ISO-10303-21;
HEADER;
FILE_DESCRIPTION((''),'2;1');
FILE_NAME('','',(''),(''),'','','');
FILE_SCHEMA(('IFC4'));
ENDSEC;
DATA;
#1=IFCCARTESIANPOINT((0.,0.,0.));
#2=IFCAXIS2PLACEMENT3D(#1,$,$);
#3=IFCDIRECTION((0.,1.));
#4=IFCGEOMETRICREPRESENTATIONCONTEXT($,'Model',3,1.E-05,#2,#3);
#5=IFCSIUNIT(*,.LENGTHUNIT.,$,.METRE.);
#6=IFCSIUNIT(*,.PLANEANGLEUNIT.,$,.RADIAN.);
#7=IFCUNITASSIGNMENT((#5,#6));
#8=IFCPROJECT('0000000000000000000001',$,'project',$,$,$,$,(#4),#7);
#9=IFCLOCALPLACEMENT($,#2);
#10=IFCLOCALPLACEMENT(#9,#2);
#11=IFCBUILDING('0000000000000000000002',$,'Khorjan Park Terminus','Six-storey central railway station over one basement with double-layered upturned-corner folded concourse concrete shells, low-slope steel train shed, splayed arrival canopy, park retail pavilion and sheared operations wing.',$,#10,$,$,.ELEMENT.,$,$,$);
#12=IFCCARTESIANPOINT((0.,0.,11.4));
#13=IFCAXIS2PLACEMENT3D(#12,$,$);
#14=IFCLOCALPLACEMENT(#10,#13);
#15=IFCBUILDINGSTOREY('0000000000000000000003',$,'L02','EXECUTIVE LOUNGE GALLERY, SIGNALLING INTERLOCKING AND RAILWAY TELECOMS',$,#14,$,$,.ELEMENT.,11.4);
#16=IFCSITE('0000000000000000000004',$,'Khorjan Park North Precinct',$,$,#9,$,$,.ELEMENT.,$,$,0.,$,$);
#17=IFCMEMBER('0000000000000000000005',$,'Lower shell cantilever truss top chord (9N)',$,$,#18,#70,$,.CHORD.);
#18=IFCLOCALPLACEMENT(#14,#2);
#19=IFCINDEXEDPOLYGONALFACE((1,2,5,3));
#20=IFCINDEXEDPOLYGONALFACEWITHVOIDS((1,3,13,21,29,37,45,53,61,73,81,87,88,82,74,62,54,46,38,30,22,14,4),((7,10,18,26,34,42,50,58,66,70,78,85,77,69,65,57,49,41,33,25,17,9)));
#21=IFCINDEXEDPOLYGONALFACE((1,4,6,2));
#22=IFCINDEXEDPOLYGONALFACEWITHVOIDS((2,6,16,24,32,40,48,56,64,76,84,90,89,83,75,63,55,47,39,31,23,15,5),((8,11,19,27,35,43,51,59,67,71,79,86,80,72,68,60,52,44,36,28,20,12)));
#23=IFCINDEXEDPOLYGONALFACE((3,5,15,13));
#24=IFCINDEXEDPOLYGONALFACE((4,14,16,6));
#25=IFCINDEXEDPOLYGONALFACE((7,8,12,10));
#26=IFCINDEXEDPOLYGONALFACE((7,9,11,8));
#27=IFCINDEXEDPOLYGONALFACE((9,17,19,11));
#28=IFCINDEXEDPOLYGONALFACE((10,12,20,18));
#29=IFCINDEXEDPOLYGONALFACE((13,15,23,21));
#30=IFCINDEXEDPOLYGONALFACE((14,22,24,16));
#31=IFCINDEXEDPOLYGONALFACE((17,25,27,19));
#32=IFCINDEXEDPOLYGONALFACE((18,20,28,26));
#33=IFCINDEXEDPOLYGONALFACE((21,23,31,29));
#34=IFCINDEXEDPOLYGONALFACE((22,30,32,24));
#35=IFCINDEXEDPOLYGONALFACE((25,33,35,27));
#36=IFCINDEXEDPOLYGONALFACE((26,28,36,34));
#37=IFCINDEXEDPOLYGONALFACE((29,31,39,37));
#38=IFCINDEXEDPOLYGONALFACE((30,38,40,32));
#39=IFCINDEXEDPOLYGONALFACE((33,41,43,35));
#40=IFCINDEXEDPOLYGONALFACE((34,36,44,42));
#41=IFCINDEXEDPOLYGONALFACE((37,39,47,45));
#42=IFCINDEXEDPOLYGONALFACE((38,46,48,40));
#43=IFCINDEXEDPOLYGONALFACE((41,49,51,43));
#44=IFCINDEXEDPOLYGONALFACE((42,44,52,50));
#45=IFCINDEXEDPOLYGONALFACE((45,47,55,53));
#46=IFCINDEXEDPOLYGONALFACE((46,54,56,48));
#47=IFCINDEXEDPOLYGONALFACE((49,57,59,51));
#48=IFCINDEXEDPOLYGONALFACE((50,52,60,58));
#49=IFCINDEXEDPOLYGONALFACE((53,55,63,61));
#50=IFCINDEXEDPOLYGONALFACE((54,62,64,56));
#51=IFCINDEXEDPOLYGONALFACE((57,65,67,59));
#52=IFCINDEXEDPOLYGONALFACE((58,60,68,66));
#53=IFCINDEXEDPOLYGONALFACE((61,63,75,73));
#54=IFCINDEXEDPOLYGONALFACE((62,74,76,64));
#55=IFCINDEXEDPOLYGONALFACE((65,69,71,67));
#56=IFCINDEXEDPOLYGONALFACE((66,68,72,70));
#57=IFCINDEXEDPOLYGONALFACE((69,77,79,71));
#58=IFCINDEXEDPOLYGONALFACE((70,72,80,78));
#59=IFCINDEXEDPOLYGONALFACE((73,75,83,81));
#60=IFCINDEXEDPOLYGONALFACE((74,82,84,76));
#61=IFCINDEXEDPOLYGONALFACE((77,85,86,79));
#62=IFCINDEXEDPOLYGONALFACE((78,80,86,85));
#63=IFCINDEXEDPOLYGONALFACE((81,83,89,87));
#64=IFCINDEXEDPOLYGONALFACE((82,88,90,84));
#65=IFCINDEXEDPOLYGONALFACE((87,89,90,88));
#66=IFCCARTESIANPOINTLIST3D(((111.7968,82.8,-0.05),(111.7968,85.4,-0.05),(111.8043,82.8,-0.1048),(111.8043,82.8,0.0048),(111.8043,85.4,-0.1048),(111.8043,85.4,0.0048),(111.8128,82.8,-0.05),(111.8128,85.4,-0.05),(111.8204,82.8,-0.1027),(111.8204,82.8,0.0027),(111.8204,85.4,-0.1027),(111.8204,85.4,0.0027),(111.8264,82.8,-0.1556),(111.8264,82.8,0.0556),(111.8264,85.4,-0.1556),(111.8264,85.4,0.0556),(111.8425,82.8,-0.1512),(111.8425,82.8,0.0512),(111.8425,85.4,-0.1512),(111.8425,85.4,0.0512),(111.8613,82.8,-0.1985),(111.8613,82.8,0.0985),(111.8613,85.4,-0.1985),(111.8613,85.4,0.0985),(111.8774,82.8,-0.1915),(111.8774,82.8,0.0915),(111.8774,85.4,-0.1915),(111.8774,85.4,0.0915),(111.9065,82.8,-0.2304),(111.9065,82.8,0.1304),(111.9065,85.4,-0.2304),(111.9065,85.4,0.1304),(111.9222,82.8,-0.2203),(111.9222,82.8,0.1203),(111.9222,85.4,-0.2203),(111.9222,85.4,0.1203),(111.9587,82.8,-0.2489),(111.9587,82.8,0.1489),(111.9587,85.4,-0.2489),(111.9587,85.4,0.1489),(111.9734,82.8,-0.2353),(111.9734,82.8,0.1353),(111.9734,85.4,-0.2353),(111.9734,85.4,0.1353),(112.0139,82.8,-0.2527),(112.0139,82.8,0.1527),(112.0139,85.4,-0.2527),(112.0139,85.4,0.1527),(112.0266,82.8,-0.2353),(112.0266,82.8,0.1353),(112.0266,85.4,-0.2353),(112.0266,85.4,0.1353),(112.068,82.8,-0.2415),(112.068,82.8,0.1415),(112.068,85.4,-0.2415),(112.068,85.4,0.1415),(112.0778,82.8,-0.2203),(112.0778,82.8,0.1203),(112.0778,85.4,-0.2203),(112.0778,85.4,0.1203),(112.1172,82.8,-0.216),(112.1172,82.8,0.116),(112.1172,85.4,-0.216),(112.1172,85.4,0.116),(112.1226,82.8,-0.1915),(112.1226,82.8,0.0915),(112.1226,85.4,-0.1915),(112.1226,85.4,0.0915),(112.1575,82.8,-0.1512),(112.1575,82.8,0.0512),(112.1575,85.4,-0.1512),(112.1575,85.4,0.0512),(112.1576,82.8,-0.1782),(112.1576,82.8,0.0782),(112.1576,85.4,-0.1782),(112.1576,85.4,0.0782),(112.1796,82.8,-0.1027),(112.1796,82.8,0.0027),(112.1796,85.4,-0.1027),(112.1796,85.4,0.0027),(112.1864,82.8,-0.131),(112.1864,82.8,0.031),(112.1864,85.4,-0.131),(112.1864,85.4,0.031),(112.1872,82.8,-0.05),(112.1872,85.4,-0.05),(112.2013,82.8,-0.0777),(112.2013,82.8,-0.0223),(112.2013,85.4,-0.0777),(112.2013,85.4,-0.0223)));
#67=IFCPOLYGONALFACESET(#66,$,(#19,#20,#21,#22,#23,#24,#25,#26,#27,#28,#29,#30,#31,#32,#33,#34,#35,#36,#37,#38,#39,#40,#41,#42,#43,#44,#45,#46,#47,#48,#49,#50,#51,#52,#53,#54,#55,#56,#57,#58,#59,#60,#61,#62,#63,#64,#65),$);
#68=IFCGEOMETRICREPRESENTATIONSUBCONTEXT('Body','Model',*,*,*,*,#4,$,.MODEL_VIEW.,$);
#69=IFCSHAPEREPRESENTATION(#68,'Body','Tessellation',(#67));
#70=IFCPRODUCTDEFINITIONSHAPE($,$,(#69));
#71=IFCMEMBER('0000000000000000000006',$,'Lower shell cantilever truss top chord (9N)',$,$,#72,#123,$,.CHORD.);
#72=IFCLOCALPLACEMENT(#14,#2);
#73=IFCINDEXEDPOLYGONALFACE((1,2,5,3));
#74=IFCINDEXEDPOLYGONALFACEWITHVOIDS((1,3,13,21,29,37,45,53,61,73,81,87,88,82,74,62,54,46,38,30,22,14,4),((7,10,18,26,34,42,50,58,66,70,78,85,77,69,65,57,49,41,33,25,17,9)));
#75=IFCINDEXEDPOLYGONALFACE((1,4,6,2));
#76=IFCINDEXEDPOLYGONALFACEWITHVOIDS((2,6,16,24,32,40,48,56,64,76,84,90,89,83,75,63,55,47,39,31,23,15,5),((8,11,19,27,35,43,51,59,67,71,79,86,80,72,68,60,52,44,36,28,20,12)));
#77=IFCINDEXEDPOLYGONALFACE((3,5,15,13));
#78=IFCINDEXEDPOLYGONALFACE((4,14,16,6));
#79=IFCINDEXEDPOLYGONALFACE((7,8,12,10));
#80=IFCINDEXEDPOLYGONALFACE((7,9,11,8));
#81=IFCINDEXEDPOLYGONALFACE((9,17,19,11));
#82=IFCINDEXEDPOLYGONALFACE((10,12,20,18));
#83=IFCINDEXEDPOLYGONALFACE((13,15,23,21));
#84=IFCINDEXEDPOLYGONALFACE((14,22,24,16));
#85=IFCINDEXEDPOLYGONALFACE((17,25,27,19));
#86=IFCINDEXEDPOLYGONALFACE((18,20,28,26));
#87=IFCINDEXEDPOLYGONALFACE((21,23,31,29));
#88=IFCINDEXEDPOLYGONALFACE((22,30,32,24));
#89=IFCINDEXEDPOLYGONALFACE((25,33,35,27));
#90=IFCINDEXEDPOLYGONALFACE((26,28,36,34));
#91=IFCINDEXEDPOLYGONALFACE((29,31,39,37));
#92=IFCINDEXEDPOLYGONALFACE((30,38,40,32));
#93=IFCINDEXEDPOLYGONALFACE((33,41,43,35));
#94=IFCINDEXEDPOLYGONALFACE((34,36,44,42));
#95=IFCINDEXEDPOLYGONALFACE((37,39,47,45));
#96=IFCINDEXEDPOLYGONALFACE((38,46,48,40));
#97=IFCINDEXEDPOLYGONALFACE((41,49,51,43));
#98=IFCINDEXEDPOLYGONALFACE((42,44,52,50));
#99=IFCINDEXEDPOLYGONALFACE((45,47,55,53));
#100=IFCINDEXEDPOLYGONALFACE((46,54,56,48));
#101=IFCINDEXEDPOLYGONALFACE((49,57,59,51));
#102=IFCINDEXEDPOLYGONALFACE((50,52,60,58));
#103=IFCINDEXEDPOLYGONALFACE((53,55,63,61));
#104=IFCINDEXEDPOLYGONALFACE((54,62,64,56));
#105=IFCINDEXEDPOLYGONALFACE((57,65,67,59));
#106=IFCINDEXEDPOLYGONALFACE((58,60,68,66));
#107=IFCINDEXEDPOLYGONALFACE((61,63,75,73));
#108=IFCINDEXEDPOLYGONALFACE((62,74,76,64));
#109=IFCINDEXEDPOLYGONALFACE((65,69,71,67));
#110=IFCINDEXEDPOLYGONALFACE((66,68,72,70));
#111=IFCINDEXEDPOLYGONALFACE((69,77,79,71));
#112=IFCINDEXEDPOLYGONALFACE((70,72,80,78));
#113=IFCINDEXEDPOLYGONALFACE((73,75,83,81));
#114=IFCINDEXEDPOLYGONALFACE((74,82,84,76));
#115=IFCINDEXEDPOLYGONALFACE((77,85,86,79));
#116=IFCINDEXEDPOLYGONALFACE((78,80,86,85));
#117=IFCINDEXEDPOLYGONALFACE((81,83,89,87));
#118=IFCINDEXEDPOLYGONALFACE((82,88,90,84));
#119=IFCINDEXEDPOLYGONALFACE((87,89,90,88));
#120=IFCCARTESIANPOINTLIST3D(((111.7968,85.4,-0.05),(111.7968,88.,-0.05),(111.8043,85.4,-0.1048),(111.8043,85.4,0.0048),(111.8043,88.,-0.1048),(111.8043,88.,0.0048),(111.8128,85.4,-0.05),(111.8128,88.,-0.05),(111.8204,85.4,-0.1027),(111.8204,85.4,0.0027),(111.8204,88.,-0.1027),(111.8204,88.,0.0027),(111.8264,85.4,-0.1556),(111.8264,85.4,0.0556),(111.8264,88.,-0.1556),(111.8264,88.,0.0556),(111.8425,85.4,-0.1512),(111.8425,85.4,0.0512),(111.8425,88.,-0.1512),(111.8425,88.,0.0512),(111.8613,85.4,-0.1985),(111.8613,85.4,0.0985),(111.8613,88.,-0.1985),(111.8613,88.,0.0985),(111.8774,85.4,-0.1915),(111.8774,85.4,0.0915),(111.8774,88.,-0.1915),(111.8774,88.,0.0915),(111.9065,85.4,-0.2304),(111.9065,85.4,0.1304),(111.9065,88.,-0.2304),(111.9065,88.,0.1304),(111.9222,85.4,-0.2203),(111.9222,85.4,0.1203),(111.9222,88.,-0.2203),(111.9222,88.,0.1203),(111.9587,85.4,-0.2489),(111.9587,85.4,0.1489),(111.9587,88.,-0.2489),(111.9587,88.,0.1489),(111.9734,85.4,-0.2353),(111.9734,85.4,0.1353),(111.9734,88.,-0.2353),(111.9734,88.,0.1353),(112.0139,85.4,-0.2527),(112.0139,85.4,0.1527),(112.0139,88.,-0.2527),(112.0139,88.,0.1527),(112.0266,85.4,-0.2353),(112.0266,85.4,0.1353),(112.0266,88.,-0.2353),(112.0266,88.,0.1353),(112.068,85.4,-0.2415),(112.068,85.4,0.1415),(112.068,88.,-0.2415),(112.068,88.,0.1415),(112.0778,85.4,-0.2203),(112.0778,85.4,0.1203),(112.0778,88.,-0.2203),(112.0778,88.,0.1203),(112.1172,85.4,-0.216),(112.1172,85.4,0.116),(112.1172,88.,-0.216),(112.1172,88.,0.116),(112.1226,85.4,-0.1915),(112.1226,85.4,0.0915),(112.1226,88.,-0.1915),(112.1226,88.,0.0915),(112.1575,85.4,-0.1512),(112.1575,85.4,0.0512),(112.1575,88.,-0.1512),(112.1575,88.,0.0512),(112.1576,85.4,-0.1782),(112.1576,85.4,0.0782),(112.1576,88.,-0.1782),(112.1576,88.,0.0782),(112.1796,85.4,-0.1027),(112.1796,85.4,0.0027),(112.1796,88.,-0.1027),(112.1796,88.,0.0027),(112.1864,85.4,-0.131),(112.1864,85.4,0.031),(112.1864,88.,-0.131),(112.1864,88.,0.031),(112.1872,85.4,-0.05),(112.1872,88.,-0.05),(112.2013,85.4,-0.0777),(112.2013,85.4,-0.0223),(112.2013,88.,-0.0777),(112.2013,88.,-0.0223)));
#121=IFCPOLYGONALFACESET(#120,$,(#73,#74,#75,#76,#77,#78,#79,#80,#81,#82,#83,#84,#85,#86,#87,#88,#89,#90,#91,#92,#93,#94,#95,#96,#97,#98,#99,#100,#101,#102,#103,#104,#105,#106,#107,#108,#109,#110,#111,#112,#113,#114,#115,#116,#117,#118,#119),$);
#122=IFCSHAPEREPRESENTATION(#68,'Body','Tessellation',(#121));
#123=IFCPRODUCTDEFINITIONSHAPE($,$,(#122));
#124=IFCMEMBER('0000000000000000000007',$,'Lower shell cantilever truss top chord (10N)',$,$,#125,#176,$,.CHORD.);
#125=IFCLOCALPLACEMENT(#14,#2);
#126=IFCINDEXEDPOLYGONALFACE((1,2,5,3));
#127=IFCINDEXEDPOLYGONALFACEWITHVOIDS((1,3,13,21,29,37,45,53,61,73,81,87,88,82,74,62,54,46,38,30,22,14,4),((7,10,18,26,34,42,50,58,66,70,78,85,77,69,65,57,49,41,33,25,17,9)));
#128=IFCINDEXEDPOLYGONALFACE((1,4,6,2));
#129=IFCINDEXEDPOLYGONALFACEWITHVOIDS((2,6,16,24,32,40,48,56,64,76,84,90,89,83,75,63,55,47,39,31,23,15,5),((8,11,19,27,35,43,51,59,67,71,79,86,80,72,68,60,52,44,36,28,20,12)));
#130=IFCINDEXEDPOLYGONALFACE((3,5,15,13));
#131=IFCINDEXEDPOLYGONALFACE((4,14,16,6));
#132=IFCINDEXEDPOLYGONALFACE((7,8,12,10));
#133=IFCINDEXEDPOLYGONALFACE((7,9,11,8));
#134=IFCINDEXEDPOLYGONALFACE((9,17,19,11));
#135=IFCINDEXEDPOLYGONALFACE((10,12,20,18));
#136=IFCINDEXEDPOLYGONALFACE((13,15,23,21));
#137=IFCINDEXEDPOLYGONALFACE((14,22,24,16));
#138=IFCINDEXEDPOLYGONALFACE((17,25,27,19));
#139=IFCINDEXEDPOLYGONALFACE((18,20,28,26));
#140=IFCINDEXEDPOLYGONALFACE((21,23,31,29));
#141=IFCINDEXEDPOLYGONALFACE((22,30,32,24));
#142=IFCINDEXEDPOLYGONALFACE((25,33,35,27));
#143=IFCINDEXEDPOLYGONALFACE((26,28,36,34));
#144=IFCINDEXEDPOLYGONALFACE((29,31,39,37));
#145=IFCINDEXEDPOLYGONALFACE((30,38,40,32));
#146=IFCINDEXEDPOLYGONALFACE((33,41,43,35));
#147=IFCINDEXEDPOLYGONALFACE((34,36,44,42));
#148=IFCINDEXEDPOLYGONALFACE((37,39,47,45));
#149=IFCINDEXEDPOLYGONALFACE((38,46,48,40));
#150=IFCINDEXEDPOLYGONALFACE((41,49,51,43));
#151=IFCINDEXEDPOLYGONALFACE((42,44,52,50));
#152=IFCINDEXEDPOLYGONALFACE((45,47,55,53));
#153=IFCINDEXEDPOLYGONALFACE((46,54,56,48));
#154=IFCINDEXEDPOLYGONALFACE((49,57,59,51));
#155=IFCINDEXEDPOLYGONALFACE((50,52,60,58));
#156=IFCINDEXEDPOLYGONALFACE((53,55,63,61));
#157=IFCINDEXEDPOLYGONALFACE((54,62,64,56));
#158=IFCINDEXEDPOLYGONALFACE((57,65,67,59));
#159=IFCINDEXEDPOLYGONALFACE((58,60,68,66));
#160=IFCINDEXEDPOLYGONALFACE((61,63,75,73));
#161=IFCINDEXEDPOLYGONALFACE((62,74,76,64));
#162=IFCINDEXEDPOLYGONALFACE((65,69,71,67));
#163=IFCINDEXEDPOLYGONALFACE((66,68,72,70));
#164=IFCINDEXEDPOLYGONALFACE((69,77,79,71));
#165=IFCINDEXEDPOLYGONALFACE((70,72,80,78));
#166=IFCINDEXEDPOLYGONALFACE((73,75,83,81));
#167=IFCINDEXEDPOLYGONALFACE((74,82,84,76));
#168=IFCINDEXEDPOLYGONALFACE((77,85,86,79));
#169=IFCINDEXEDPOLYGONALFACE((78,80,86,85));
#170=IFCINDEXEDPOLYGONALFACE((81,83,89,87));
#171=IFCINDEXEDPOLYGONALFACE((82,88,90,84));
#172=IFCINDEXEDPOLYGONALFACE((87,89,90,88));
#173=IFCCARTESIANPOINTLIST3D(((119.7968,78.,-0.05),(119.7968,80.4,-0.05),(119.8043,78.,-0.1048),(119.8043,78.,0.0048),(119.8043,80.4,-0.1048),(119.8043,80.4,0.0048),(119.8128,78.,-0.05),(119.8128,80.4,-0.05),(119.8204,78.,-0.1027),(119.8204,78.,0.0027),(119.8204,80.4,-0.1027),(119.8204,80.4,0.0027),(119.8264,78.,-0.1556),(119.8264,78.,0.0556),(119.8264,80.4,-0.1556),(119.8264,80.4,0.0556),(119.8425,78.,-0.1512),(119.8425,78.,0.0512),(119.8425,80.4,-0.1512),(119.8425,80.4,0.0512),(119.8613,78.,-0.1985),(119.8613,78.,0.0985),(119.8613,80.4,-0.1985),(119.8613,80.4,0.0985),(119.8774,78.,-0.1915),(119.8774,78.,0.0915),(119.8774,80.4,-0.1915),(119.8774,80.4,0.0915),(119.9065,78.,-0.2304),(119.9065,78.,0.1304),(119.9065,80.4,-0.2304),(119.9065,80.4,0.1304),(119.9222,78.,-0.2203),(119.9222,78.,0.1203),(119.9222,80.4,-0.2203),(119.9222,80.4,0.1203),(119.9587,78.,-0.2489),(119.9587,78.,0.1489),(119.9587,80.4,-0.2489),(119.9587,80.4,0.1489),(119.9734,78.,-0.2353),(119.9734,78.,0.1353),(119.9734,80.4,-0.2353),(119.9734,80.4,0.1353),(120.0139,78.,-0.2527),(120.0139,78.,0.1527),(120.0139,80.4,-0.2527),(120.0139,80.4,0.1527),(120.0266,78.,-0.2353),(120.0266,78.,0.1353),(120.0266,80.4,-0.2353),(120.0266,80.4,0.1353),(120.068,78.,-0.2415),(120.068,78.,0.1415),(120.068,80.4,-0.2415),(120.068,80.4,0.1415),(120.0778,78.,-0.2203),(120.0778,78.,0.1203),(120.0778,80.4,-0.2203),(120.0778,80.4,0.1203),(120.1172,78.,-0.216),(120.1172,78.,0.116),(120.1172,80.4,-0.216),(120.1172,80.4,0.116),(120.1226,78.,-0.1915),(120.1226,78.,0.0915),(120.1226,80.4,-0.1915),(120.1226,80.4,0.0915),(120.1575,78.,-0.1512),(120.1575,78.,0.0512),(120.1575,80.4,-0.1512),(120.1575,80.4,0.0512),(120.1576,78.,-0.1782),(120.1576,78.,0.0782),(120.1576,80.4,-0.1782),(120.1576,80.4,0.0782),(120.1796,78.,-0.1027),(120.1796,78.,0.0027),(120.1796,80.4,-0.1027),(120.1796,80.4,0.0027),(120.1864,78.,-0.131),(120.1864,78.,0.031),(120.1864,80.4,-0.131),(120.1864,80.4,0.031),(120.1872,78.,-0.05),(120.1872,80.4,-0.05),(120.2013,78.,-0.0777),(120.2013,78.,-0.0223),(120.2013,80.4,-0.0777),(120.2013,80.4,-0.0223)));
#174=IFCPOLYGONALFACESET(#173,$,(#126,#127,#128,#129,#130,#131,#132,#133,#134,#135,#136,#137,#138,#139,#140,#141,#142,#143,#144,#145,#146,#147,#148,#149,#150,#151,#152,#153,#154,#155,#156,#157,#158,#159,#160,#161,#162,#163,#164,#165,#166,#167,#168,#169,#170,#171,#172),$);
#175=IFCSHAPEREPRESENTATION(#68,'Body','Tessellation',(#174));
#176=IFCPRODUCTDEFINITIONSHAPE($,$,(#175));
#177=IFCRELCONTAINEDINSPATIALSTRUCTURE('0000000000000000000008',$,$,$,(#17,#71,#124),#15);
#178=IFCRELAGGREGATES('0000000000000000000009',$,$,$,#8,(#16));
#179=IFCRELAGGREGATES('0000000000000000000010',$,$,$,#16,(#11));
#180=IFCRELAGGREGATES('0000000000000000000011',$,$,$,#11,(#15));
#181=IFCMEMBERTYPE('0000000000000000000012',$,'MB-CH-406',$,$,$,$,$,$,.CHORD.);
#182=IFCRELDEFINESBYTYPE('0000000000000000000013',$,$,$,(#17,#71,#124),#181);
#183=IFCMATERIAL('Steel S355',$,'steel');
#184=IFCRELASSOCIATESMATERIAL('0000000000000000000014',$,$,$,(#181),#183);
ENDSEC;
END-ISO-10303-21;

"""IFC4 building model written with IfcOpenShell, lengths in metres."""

from ifc_helpers import new_model, si_unit, direction, frame, origin, origin_2d, place, context, subcontext, project, spatial, hollow_circle, extrude, material, material_profile, profile_set, type_object, element, save


model = new_model("IFC4")

# Units and contexts
model_context = context("Model", 3, precision=1e-05, world=origin(), true_north=direction((0.0, 1.0)))
body_context = subcontext(model_context, "Body", "Model", "MODEL_VIEW")
ifc_project = project(units=[si_unit("LENGTHUNIT", "METRE"), si_unit("PLANEANGLEUNIT", "RADIAN")], contexts=[model_context])

# Site, building, storey
site_placement = place(None, origin())
site = spatial("IfcSite", under=ifc_project, at=site_placement, Name="Khorjan Park North Precinct", CompositionType="ELEMENT", RefElevation=0.0)
building_placement = place(site_placement, origin())
building = spatial("IfcBuilding", under=site, at=building_placement, Name="Khorjan Park Terminus", Description="Six-storey central railway station over one basement with double-layered upturned-corner folded concourse concrete shells, low-slope steel train shed, splayed arrival canopy, park retail pavilion and sheared operations wing.", CompositionType="ELEMENT")
storey_placement = place(building_placement, frame((0.0, 0.0, 11.4)))
storey = spatial("IfcBuildingStorey", under=building, at=storey_placement, Name="L02", Description="EXECUTIVE LOUNGE GALLERY, SIGNALLING INTERLOCKING AND RAILWAY TELECOMS", CompositionType="ELEMENT", Elevation=11.4)

# Members
ifc_material_1 = material(Name="Steel S355", Category="steel")
ifc_material_profile_1 = material_profile(ifc_material_1, hollow_circle(Radius=0.2032, WallThickness=0.016, at=origin_2d()), Name="CHS 406.4x16")
ifc_profile_set_1 = profile_set([ifc_material_profile_1], Name="Steel S355")
member_type_1 = type_object("IfcMemberType", Name="MB-CH-406", PredefinedType="CHORD", material=ifc_profile_set_1)
for number, where, z_axis, x_axis, name in (
    (1, (112.0, 82.8, -0.05), (0.0, 1.0, 0.0), (-1.0, 0.0, 0.0), "Lower shell cantilever truss top chord (9N)"),
    (2, (112.0, 85.4, -0.05), (0.0, 1.0, 0.0), (-1.0, 0.0, 0.0), "Lower shell cantilever truss top chord (9N)"),
):
    element("IfcMember", number, at=place(storey_placement, frame(where, z_axis=z_axis, x_axis=x_axis)), inside=storey, type_object=member_type_1, Name=name, PredefinedType="CHORD", context=body_context, shape_type="SweptSolid", body=[
        extrude(hollow_circle(Radius=0.2032, WallThickness=0.016, at=origin_2d()), origin(), (0.0, 0.0, 1.0), 2.6),
    ])
for number, where, z_axis, x_axis, name in (
    (3, (120.0, 78.0, -0.05), (0.0, 1.0, 0.0), (-1.0, 0.0, 0.0), "Lower shell cantilever truss top chord (10N)"),
):
    element("IfcMember", number, at=place(storey_placement, frame(where, z_axis=z_axis, x_axis=x_axis)), inside=storey, type_object=member_type_1, Name=name, PredefinedType="CHORD", context=body_context, shape_type="SweptSolid", body=[
        extrude(hollow_circle(Radius=0.2032, WallThickness=0.016, at=origin_2d()), origin(), (0.0, 0.0, 1.0), 2.4),
    ])

save(model, "model.ifc")
